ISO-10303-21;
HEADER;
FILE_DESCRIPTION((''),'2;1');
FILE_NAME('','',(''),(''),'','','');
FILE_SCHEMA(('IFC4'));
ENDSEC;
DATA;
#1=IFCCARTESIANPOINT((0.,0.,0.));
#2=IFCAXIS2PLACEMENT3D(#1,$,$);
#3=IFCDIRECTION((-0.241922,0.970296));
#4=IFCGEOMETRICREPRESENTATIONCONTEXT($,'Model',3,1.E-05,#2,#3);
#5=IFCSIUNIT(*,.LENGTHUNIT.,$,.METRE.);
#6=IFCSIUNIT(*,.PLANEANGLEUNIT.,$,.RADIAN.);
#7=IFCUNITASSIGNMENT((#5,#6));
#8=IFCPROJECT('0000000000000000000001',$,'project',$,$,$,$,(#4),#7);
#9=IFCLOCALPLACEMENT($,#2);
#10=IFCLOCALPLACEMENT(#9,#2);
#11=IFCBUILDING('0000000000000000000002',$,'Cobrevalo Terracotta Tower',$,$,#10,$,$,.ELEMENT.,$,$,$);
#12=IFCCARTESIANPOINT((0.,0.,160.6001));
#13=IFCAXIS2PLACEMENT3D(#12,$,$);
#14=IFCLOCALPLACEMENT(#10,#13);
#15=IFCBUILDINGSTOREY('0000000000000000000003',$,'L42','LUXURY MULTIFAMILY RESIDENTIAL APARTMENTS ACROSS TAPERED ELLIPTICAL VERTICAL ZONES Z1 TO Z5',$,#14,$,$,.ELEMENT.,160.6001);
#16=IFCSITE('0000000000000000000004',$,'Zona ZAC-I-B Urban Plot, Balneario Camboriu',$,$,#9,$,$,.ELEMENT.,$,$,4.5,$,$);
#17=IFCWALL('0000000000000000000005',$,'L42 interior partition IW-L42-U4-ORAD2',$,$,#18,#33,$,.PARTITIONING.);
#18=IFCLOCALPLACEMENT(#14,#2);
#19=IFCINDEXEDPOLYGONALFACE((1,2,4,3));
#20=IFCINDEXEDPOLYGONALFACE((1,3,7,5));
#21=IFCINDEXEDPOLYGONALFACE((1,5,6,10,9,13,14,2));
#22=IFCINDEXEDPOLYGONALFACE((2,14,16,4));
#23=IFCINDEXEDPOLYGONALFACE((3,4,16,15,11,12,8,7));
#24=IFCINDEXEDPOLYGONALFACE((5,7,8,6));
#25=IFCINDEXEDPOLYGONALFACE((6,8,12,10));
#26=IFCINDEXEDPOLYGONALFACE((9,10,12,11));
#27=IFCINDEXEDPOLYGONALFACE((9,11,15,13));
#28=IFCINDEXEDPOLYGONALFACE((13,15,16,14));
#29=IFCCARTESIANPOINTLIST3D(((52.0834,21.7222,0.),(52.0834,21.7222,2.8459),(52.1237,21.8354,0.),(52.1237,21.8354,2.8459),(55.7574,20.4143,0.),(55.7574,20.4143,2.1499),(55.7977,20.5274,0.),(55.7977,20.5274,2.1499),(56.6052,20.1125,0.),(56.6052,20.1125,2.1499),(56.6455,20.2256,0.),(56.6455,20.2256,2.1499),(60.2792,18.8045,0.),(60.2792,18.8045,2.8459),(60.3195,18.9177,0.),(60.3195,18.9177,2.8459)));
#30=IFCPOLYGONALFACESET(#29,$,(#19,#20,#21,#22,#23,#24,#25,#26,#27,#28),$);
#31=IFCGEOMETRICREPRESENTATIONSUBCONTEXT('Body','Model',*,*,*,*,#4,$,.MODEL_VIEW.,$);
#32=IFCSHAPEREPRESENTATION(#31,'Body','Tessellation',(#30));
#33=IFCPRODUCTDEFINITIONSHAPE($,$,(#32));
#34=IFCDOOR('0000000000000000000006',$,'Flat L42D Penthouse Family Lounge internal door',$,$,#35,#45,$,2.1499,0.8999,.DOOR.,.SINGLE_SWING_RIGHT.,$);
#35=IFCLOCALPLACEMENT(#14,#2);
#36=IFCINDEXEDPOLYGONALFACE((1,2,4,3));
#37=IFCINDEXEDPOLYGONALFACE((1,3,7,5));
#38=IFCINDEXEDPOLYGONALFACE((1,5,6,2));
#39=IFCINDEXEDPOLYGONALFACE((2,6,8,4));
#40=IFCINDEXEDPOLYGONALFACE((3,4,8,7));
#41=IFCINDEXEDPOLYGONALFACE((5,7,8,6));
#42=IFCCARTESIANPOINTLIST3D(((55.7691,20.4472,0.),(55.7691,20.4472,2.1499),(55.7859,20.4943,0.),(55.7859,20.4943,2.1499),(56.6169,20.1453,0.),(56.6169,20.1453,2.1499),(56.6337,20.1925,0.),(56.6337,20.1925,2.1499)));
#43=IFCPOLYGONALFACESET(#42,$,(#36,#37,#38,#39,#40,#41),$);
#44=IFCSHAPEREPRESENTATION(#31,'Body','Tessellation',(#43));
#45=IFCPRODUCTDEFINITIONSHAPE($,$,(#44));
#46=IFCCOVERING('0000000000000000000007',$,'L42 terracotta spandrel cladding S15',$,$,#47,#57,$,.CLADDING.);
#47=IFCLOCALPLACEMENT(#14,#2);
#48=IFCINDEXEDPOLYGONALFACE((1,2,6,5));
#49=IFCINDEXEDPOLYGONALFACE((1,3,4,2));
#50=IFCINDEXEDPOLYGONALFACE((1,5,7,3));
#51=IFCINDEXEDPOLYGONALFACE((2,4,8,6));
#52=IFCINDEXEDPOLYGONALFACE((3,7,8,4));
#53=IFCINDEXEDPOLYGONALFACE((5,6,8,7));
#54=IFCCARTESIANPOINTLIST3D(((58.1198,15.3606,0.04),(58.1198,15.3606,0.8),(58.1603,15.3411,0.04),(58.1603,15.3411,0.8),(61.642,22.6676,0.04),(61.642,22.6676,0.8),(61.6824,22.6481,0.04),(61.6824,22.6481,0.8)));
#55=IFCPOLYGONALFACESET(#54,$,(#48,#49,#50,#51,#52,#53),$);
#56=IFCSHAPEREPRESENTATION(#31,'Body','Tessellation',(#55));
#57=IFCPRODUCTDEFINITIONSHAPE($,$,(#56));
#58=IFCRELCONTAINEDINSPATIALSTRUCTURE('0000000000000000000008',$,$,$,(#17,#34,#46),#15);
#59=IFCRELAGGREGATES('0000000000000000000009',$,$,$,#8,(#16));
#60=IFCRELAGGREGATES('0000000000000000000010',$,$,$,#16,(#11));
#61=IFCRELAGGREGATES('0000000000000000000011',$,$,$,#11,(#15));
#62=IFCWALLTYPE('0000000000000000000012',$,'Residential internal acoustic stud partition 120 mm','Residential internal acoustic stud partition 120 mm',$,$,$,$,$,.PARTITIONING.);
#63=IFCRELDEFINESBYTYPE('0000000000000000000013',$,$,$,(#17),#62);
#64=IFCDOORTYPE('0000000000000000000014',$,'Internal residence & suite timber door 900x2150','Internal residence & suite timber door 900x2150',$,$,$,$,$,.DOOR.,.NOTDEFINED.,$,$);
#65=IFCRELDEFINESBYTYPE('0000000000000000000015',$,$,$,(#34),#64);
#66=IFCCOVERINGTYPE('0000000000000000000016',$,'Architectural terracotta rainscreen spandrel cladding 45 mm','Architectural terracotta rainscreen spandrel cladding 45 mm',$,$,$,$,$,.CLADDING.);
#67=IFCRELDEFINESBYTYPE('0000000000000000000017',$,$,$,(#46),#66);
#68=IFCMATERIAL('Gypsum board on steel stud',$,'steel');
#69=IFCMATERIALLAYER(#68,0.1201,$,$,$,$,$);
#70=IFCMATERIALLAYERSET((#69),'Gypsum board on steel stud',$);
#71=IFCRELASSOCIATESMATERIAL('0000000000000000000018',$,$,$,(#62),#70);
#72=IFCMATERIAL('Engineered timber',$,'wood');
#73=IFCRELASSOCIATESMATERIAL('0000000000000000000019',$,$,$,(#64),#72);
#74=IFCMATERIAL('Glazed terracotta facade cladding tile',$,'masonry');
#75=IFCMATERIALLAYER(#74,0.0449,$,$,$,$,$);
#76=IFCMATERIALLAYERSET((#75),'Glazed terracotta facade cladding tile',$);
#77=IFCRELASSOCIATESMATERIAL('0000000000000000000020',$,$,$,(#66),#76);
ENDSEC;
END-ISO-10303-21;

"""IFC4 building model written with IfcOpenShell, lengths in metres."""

from ifc_helpers import new_model, si_unit, direction, frame, frame_2d, origin, origin_2d, place, context, subcontext, project, spatial, rectangle, extrude, source, transform, mapped, material, layer, layer_set, type_object, element, fill, save


model = new_model("IFC4")

# Units and contexts
model_context = context("Model", 3, precision=1e-05, world=origin(), true_north=direction((-0.241922, 0.970296)))
body_context = subcontext(model_context, "Body", "Model", "MODEL_VIEW")
ifc_project = project(units=[si_unit("LENGTHUNIT", "METRE"), si_unit("PLANEANGLEUNIT", "RADIAN")], contexts=[model_context])

# Site, building, storey
site_placement = place(None, origin())
site = spatial("IfcSite", under=ifc_project, at=site_placement, Name="Zona ZAC-I-B Urban Plot, Balneario Camboriu", CompositionType="ELEMENT", RefElevation=4.5)
building_placement = place(site_placement, origin())
building = spatial("IfcBuilding", under=site, at=building_placement, Name="Cobrevalo Terracotta Tower", CompositionType="ELEMENT")
storey_placement = place(building_placement, frame((0.0, 0.0, 160.6001)))
storey = spatial("IfcBuildingStorey", under=building, at=storey_placement, Name="L42", Description="LUXURY MULTIFAMILY RESIDENTIAL APARTMENTS ACROSS TAPERED ELLIPTICAL VERTICAL ZONES Z1 TO Z5", CompositionType="ELEMENT", Elevation=160.6001)

# Shared definitions
ifc_material_1 = material(Name="Gypsum board on steel stud", Category="steel")

# Wall, opening, door
ifc_layer_1 = layer(ifc_material_1, 0.1201)
ifc_layer_set_1 = layer_set([ifc_layer_1], Name="Gypsum board on steel stud")
wall_type_1 = type_object("IfcWallType", Name="Residential internal acoustic stud partition 120 mm", Description="Residential internal acoustic stud partition 120 mm", PredefinedType="PARTITIONING", material=ifc_layer_set_1)
wall_1_placement = place(storey_placement, frame((52.1035, 21.7788, 0.0), z_axis=(0.0, 0.0, 1.0), x_axis=(0.942082, -0.335383, 0.0)))
wall_1 = element("IfcWall", 1, at=wall_1_placement, inside=storey, type_object=wall_type_1, Name="L42 interior partition IW-L42-U4-ORAD2", PredefinedType="PARTITIONING", context=body_context, shape_type="SweptSolid", body=[
    extrude(rectangle(XDim=8.6997, YDim=0.1201, at=frame_2d((4.3499, 0.0))), origin(), (0.0, 0.0, 1.0), 2.8459),
])
opening_1_placement = place(wall_1_placement, frame((3.8999, 0.0, 0.0)))
opening_1 = element("IfcOpeningElement", 2, at=opening_1_placement, cuts=wall_1, PredefinedType="OPENING", context=body_context, shape_type="SweptSolid", body=[
    extrude(rectangle(XDim=0.8999, YDim=2.1499, at=frame_2d((0.45, 1.075))), frame((0.0, 0.0701, 0.0), z_axis=(0.0, -1.0, 0.0), x_axis=(1.0, 0.0, 0.0)), (0.0, 0.0, 1.0), 0.1401),
])
ifc_material_2 = material(Name="Engineered timber", Category="wood")
door_type_1 = type_object("IfcDoorType", Name="Internal residence & suite timber door 900x2150", Description="Internal residence & suite timber door 900x2150", OperationType="NOTDEFINED", PredefinedType="DOOR", material=ifc_material_2)
shared_shape_1 = source(origin(), body_context, "Body", "SweptSolid", [
    extrude(rectangle(XDim=0.8999, YDim=2.1499, at=frame_2d((0.45, 1.075))), frame((0.0, 0.0249, 0.0), z_axis=(0.0, -1.0, 0.0), x_axis=(1.0, 0.0, 0.0)), (0.0, 0.0, 1.0), 0.05),
])
door_1_placement = place(opening_1_placement, origin())
door_1 = element("IfcDoor", 3, at=door_1_placement, inside=storey, type_object=door_type_1, Name="Flat L42D Penthouse Family Lounge internal door", OperationType="SINGLE_SWING_RIGHT", OverallHeight=2.1499, OverallWidth=0.8999, PredefinedType="DOOR", context=body_context, shape_type="MappedRepresentation", body=[
    mapped(shared_shape_1, transform((0.0, 0.0, 0.0), scale=1.0)),
])
fill(opening_1, door_1)

# Covering
ifc_material_3 = material(Name="Glazed terracotta facade cladding tile", Category="masonry")
ifc_layer_2 = layer(ifc_material_3, 0.0449)
ifc_layer_set_2 = layer_set([ifc_layer_2], Name="Glazed terracotta facade cladding tile")
covering_type = type_object("IfcCoveringType", Name="Architectural terracotta rainscreen spandrel cladding 45 mm", Description="Architectural terracotta rainscreen spandrel cladding 45 mm", PredefinedType="CLADDING", material=ifc_layer_set_2)
shared_shape_2 = source(origin(), body_context, "Body", "SweptSolid", [
    extrude(rectangle(XDim=8.1116, YDim=0.0449, at=origin_2d()), origin(), (0.0, 0.0, 1.0), 0.76),
])
covering_placement = place(storey_placement, frame((59.9011, 19.0044, 0.04), z_axis=(0.0, 0.0, 1.0), x_axis=(0.434209, 0.900812, 0.0)))
element("IfcCovering", 4, at=covering_placement, inside=storey, type_object=covering_type, Name="L42 terracotta spandrel cladding S15", PredefinedType="CLADDING", context=body_context, shape_type="MappedRepresentation", body=[
    mapped(shared_shape_2, transform((0.0, 0.0, 0.0), scale=1.0)),
])

save(model, "model.ifc")
